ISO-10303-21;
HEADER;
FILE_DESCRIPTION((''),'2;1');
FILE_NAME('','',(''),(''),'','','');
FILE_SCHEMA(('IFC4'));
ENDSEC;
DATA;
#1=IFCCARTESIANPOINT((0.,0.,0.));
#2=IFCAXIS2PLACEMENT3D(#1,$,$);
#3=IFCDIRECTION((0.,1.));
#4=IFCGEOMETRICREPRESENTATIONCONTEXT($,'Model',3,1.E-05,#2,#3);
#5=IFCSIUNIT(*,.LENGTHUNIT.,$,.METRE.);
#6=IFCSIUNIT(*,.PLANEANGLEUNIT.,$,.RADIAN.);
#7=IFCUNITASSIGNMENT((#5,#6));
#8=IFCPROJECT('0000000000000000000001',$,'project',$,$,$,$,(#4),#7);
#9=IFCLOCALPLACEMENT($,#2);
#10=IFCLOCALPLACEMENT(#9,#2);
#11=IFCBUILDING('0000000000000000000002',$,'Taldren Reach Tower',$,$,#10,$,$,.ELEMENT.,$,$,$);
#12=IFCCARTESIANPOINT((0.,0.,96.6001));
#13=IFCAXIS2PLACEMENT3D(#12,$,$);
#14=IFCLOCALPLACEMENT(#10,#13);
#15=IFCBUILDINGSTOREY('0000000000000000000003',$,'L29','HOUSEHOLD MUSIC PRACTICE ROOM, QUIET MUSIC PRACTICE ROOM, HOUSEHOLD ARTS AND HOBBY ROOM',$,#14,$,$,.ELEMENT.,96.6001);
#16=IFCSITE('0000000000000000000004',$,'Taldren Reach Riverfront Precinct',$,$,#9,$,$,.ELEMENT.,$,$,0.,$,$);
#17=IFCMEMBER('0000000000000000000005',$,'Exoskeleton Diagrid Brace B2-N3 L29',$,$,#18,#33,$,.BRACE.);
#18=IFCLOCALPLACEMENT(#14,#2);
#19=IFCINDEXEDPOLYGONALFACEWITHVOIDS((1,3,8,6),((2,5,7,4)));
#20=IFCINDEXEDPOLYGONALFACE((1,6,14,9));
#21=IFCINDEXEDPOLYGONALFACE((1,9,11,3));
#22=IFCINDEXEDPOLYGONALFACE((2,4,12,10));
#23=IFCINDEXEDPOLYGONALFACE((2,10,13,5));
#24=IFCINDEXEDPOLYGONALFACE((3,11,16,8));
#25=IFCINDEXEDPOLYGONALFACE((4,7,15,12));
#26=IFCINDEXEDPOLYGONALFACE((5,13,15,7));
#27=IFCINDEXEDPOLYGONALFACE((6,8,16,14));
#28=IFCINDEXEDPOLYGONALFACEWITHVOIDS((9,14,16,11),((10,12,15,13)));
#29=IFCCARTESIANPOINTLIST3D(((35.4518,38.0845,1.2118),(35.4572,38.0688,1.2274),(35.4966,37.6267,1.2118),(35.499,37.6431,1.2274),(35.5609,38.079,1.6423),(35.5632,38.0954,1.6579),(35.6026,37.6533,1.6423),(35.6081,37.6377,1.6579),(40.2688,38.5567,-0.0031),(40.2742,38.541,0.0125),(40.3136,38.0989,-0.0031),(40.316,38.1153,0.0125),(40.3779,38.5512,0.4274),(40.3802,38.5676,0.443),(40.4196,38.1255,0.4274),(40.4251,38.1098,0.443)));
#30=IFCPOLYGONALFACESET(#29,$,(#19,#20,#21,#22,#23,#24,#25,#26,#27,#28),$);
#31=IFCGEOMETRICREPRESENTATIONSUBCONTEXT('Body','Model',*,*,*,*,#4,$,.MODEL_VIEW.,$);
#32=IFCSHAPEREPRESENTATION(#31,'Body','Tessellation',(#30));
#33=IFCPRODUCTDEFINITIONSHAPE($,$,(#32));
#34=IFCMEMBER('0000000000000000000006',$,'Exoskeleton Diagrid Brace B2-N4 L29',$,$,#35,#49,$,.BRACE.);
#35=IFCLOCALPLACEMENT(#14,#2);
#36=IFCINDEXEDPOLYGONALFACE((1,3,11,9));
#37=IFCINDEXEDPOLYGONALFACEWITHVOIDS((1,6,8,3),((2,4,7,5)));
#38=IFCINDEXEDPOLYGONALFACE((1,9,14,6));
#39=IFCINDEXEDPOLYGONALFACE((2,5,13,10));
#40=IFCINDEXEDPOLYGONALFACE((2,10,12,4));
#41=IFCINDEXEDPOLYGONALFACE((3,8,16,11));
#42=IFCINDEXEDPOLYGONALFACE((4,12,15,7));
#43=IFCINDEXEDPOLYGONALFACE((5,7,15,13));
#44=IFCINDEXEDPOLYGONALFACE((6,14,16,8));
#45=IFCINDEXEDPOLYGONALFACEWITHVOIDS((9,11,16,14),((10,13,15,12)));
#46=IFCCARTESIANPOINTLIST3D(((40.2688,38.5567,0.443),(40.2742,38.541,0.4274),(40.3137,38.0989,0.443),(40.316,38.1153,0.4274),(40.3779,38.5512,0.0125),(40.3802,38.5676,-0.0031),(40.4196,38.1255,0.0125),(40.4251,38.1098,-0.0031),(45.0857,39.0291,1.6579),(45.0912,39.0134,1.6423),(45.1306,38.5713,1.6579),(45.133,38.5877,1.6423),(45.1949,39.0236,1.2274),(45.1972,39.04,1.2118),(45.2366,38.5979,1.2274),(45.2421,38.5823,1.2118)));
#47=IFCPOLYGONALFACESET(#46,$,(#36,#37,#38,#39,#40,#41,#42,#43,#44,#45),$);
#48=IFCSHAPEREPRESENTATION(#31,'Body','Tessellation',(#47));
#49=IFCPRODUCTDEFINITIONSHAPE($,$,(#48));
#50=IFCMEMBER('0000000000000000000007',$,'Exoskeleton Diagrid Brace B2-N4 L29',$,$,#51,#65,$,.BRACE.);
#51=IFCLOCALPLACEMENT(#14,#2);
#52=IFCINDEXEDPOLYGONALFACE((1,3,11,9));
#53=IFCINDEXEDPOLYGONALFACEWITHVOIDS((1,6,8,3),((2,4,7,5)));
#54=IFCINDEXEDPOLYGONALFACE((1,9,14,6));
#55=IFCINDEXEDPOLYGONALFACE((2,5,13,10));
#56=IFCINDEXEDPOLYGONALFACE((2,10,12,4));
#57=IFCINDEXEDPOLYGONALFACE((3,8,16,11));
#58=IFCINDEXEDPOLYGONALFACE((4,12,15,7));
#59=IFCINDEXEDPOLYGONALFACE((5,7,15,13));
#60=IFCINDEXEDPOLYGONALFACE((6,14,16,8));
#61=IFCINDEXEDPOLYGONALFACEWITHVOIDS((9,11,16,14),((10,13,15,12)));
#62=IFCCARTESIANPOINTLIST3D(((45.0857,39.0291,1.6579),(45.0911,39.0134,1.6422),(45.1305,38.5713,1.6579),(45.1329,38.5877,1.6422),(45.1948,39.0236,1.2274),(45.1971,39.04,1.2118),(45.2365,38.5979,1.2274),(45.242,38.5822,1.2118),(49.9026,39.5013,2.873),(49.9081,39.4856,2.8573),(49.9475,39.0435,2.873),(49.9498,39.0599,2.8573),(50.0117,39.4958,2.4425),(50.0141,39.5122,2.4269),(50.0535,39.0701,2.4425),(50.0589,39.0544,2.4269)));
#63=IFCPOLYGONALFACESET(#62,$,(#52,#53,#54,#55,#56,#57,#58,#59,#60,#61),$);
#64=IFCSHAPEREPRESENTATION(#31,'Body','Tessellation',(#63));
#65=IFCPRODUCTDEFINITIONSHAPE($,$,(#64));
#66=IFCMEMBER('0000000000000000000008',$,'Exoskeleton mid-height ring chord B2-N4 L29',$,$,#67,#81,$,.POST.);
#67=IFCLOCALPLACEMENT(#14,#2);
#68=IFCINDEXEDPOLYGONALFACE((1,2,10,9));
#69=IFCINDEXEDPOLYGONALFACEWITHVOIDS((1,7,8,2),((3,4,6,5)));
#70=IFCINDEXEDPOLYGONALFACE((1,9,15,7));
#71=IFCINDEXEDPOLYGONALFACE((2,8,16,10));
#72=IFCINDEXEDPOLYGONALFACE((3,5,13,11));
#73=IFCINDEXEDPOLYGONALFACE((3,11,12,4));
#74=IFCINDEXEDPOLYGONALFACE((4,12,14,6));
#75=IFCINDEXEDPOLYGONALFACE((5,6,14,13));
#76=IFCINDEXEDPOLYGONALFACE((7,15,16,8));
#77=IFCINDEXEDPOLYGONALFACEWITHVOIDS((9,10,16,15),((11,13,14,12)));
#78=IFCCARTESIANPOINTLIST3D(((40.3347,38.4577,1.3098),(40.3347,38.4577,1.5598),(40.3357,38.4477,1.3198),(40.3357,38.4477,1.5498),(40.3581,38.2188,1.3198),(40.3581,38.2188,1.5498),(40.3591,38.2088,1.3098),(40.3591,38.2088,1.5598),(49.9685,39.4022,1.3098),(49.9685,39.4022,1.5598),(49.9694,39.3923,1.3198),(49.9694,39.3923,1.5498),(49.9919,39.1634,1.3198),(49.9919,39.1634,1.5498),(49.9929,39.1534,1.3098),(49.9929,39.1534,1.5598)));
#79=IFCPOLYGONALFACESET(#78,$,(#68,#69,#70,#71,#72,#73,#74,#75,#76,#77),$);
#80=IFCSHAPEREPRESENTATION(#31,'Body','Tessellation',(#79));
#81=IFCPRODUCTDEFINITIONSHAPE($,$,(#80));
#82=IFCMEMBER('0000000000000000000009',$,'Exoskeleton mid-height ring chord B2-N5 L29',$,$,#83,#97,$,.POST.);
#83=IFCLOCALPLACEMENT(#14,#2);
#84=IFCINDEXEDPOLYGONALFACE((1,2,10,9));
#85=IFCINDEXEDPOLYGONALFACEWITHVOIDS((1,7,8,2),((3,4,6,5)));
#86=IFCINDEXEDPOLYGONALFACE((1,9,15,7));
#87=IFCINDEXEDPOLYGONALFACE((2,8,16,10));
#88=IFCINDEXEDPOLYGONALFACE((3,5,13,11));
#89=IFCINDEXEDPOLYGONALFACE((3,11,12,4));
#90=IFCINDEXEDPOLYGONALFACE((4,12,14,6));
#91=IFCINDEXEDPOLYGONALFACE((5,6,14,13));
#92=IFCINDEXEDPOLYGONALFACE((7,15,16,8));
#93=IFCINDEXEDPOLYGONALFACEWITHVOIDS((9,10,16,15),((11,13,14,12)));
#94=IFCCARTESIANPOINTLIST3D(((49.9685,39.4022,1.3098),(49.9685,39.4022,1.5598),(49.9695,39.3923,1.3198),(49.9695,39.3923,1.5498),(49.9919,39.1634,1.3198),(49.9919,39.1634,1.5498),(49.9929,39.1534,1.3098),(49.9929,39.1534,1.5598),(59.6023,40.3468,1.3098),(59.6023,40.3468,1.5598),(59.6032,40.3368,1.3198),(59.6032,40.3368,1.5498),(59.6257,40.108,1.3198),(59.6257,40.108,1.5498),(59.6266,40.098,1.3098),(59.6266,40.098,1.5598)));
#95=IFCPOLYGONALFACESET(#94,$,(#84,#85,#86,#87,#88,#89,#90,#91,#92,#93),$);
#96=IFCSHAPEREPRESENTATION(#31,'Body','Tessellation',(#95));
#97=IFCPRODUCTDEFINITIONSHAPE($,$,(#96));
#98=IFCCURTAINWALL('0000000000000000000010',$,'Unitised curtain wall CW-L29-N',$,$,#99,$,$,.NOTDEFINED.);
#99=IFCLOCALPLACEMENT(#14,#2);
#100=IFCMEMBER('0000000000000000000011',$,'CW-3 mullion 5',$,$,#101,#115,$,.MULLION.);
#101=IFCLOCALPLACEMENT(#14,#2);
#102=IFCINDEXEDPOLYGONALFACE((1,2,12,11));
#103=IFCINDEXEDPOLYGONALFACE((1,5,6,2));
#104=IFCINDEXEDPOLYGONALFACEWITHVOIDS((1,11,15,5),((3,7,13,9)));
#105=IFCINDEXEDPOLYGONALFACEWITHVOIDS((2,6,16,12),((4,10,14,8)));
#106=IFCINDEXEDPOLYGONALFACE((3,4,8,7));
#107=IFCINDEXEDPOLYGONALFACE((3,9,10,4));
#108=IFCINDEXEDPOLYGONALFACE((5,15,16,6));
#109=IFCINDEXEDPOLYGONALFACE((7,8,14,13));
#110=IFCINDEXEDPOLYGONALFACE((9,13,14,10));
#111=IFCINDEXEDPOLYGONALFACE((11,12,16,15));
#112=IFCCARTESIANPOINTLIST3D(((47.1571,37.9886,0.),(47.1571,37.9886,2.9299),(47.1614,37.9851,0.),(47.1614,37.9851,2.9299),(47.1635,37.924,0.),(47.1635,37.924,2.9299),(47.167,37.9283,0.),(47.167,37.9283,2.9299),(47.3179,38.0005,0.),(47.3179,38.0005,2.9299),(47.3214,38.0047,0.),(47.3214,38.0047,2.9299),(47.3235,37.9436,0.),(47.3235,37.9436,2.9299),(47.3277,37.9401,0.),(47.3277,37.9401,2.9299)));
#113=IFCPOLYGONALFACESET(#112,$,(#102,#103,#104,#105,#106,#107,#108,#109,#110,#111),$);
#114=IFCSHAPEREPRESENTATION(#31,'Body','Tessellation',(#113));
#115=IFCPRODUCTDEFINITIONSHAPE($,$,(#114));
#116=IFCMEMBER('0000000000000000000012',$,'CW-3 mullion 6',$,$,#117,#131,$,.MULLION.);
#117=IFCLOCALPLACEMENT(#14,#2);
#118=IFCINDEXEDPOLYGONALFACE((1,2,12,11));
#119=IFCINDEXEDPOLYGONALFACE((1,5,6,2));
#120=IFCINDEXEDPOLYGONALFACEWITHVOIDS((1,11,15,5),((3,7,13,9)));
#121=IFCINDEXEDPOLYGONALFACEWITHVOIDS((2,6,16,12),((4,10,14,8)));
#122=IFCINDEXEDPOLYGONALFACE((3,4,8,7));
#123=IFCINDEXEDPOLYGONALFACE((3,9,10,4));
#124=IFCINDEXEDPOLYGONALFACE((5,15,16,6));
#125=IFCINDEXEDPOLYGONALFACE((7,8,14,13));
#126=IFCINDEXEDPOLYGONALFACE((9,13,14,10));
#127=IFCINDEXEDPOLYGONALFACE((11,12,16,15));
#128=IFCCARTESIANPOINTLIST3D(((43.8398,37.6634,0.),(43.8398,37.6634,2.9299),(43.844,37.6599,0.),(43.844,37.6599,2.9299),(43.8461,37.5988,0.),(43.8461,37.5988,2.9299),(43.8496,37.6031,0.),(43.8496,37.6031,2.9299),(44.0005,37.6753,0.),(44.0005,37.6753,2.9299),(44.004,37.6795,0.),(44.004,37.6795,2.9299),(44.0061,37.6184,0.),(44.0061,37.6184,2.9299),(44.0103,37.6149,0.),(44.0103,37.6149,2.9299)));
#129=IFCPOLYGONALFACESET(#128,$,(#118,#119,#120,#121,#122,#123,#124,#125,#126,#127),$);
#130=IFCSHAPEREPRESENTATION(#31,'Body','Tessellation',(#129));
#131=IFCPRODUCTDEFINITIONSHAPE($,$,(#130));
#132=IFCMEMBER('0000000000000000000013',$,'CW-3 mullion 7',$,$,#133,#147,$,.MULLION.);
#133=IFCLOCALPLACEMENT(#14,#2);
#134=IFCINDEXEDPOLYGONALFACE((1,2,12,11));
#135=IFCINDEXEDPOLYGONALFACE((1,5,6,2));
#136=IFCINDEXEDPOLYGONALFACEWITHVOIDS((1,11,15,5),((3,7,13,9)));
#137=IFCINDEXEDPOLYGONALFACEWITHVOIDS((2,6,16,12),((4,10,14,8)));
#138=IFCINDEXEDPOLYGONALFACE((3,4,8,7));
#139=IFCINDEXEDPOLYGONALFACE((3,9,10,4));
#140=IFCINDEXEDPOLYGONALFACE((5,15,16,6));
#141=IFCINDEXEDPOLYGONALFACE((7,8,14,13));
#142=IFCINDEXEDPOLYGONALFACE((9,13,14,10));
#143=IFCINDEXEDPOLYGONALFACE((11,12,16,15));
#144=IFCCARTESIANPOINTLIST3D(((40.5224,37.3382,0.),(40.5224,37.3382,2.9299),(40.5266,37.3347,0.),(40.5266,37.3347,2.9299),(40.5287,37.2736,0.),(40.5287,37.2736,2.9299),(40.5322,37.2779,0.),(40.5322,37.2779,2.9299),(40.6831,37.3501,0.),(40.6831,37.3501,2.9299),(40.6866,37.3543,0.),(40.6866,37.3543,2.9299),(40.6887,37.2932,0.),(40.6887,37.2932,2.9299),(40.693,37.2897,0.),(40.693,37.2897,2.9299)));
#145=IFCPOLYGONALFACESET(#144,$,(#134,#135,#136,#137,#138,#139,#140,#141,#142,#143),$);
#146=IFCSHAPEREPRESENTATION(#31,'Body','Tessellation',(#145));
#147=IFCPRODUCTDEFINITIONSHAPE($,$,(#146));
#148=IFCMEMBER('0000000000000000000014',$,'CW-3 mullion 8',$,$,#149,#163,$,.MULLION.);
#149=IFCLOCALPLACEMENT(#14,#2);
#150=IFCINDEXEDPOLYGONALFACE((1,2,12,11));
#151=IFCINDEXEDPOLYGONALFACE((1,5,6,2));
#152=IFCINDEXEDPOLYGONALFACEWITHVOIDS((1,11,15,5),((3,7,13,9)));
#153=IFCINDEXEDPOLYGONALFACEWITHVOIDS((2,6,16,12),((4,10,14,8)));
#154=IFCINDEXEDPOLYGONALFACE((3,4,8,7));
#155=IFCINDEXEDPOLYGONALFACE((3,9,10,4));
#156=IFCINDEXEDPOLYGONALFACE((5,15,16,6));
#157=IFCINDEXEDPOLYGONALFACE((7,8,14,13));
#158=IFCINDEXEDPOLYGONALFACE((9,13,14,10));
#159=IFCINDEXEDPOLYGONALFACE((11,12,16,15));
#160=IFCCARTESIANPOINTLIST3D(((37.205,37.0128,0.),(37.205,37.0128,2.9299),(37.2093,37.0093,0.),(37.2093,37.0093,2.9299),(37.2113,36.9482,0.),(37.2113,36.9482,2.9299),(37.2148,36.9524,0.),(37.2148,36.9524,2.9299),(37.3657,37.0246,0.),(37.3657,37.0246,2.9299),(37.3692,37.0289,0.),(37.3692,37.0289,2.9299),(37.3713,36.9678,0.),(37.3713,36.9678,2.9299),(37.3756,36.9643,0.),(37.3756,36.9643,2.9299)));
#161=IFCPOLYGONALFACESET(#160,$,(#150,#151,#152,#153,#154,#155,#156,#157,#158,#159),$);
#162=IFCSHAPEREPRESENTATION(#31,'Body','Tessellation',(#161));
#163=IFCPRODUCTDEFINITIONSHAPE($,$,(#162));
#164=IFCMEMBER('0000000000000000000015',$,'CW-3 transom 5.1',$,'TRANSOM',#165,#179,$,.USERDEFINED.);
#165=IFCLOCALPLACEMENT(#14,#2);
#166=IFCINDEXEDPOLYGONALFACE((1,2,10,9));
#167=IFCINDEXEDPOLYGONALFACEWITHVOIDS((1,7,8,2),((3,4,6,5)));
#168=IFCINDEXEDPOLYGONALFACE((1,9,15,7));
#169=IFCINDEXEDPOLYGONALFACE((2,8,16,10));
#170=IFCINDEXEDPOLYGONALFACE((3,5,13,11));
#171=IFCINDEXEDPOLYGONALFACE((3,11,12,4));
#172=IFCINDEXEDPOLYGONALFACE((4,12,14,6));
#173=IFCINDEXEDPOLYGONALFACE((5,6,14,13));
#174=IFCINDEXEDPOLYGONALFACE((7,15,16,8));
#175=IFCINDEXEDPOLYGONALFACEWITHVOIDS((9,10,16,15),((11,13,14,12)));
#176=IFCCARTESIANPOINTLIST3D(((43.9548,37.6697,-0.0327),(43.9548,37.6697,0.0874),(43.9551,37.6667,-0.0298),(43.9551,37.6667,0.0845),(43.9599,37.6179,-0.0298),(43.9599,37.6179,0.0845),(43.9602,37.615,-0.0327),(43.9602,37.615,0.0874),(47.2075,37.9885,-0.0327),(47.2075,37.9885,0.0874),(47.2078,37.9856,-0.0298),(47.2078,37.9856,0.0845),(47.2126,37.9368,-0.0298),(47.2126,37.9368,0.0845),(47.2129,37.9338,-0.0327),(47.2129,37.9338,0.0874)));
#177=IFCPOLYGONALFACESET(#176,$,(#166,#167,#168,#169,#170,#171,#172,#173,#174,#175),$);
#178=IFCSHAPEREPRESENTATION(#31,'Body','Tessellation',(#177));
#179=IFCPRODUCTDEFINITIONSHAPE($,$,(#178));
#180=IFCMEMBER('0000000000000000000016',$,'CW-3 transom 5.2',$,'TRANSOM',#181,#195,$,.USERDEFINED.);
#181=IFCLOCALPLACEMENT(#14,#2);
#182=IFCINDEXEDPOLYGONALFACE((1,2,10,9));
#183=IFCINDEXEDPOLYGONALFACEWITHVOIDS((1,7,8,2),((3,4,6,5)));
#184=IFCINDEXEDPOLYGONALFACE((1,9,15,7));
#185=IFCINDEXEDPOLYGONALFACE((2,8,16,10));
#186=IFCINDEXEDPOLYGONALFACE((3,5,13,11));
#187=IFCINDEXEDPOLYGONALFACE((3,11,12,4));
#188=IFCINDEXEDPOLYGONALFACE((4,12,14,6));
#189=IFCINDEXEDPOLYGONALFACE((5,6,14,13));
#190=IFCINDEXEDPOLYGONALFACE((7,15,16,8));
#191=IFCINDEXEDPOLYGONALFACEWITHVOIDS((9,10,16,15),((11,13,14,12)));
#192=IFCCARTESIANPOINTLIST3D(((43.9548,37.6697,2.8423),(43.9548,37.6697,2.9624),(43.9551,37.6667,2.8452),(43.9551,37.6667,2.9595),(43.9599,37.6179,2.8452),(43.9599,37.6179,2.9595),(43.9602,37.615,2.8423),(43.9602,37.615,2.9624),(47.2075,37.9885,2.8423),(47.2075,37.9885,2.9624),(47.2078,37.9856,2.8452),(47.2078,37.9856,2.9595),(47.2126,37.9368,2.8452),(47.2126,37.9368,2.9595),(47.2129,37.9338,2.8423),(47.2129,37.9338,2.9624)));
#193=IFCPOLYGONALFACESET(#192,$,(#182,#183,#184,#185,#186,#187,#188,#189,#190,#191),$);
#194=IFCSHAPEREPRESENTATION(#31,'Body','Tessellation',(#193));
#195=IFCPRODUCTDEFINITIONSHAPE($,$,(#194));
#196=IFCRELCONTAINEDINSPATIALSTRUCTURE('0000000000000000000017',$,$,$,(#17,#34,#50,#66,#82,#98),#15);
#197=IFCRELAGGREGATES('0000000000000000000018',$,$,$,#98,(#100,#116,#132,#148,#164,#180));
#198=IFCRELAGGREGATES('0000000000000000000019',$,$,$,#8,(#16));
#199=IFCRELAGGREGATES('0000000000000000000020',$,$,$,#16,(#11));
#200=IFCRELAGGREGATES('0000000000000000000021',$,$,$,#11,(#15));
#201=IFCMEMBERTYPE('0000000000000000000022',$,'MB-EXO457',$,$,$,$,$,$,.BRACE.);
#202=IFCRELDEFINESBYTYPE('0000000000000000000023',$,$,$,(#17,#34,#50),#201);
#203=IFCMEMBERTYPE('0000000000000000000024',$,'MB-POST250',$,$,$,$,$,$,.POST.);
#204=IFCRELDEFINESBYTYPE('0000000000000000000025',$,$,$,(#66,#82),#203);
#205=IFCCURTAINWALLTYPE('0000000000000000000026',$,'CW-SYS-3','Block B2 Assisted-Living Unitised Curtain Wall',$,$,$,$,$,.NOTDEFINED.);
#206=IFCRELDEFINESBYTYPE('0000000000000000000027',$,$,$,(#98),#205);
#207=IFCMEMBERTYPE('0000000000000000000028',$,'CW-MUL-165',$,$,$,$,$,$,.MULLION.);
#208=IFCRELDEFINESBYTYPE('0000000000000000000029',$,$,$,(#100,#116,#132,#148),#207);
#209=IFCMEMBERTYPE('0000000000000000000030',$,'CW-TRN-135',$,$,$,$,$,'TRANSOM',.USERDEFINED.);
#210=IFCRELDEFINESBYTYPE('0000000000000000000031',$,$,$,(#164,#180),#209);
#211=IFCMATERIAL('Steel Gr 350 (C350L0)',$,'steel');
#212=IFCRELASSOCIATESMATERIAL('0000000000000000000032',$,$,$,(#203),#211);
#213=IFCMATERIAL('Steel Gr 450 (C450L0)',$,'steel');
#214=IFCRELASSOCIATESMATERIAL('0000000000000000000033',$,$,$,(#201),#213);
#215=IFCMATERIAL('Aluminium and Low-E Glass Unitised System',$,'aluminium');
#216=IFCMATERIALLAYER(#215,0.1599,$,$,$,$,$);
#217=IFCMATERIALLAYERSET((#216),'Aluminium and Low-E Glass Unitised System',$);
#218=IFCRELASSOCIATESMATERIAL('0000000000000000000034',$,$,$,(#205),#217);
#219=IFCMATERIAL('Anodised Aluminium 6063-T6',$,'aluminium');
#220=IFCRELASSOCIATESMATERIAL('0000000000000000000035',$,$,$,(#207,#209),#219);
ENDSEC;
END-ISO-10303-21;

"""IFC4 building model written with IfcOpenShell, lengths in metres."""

from ifc_helpers import new_model, si_unit, direction, frame, origin, origin_2d, place, context, subcontext, project, spatial, hollow_rectangle, extrude, source, transform, mapped, material, layer, layer_set, material_profile, profile_set, type_object, element, aggregate, save


model = new_model("IFC4")

# Units and contexts
model_context = context("Model", 3, precision=1e-05, world=origin(), true_north=direction((0.0, 1.0)))
body_context = subcontext(model_context, "Body", "Model", "MODEL_VIEW")
ifc_project = project(units=[si_unit("LENGTHUNIT", "METRE"), si_unit("PLANEANGLEUNIT", "RADIAN")], contexts=[model_context])

# Site, building, storey
site_placement = place(None, origin())
site = spatial("IfcSite", under=ifc_project, at=site_placement, Name="Taldren Reach Riverfront Precinct", CompositionType="ELEMENT", RefElevation=0.0)
building_placement = place(site_placement, origin())
building = spatial("IfcBuilding", under=site, at=building_placement, Name="Taldren Reach Tower", CompositionType="ELEMENT")
storey_placement = place(building_placement, frame((0.0, 0.0, 96.6001)))
storey = spatial("IfcBuildingStorey", under=building, at=storey_placement, Name="L29", Description="HOUSEHOLD MUSIC PRACTICE ROOM, QUIET MUSIC PRACTICE ROOM, HOUSEHOLD ARTS AND HOBBY ROOM", CompositionType="ELEMENT", Elevation=96.6001)

# Shared definitions
ifc_material_1 = material(Name="Steel Gr 450 (C450L0)", Category="steel")
ifc_material_2 = material(Name="Steel Gr 350 (C350L0)", Category="steel")
ifc_material_profile_1 = material_profile(ifc_material_2, hollow_rectangle(XDim=0.25, YDim=0.25, WallThickness=0.01, at=origin_2d()), Name="250x250x10.0SHS")
ifc_profile_set_1 = profile_set([ifc_material_profile_1], Name="Steel Gr 350 (C350L0)")
member_type_1 = type_object("IfcMemberType", Name="MB-POST250", PredefinedType="POST", material=ifc_profile_set_1)

# Members
ifc_material_profile_2 = material_profile(ifc_material_1, hollow_rectangle(XDim=0.46, YDim=0.46, WallThickness=0.0161, at=origin_2d()), Name="460x460x16.0SHS")
ifc_profile_set_2 = profile_set([ifc_material_profile_2], Name="Steel Gr 450 (C450L0)")
member_type_2 = type_object("IfcMemberType", Name="MB-EXO457", PredefinedType="BRACE", material=ifc_profile_set_2)
shared_shape_1 = source(origin(), body_context, "Body", "SweptSolid", [
    extrude(hollow_rectangle(XDim=0.46, YDim=0.46, WallThickness=0.0161, at=origin_2d()), origin(), (0.0, 0.0, 1.0), 4.9902),
])
for number, where, z_axis, x_axis, name in (
    (1, (40.3469, 38.3333, 0.22), (-0.965287, -0.094621, 0.24345), (0.097556, -0.99523, 0.0), "Exoskeleton Diagrid Brace B2-N3 L29"),
    (2, (40.3469, 38.3333, 0.22), (0.965283, 0.094669, 0.243449), (-0.097606, 0.995225, 0.0), "Exoskeleton Diagrid Brace B2-N4 L29"),
    (3, (45.1638, 38.8057, 1.4348), (0.965276, 0.09462, 0.243496), (-0.097556, 0.99523, 0.0), "Exoskeleton Diagrid Brace B2-N4 L29"),
):
    element("IfcMember", number, at=place(storey_placement, frame(where, z_axis=z_axis, x_axis=x_axis)), inside=storey, type_object=member_type_2, Name=name, PredefinedType="BRACE", context=body_context, shape_type="MappedRepresentation", body=[
        mapped(shared_shape_1, transform((0.0, 0.0, 0.0), scale=1.0)),
    ])
shared_shape_2 = source(origin(), body_context, "Body", "SweptSolid", [
    extrude(hollow_rectangle(XDim=0.25, YDim=0.25, WallThickness=0.01, at=origin_2d()), origin(), (0.0, 0.0, 1.0), 9.6799),
])
for number, where, z_axis, x_axis, name in (
    (4, (40.3469, 38.3333, 1.4348), (0.995228, 0.097581, 0.0), (-0.097581, 0.995228, 0.0), "Exoskeleton mid-height ring chord B2-N4 L29"),
    (5, (49.9807, 39.2778, 1.4348), (0.995228, 0.097581, 0.0), (-0.097581, 0.995228, 0.0), "Exoskeleton mid-height ring chord B2-N5 L29"),
):
    element("IfcMember", number, at=place(storey_placement, frame(where, z_axis=z_axis, x_axis=x_axis)), inside=storey, type_object=member_type_1, Name=name, PredefinedType="POST", context=body_context, shape_type="MappedRepresentation", body=[
        mapped(shared_shape_2, transform((0.0, 0.0, 0.0), scale=1.0)),
    ])

# Curtain wall, members
ifc_material_3 = material(Name="Aluminium and Low-E Glass Unitised System", Category="aluminium")
ifc_layer_1 = layer(ifc_material_3, 0.1599)
ifc_layer_set_1 = layer_set([ifc_layer_1], Name="Aluminium and Low-E Glass Unitised System")
curtain_wall_type = type_object("IfcCurtainWallType", Name="CW-SYS-3", Description="Block B2 Assisted-Living Unitised Curtain Wall", PredefinedType="NOTDEFINED", material=ifc_layer_set_1)
curtain_wall_placement = place(storey_placement, origin())
curtain_wall = element("IfcCurtainWall", 6, at=curtain_wall_placement, inside=storey, type_object=curtain_wall_type, Name="Unitised curtain wall CW-L29-N", PredefinedType="NOTDEFINED")
ifc_material_4 = material(Name="Anodised Aluminium 6063-T6", Category="aluminium")
ifc_material_profile_3 = material_profile(ifc_material_4, hollow_rectangle(XDim=0.0649, YDim=0.165, WallThickness=0.0039, at=origin_2d()), Name="ALU-165x65x4RHS")
ifc_profile_set_3 = profile_set([ifc_material_profile_3], Name="Anodised Aluminium 6063-T6")
member_type_3 = type_object("IfcMemberType", Name="CW-MUL-165", PredefinedType="MULLION", material=ifc_profile_set_3)
shared_shape_3 = source(origin(), body_context, "Body", "SweptSolid", [
    extrude(hollow_rectangle(XDim=0.0649, YDim=0.165, WallThickness=0.0039, at=origin_2d()), origin(), (0.0, 0.0, 1.0), 2.9299),
])
member_1_placement = place(storey_placement, frame((47.2424, 37.9644, 0.0), z_axis=(0.0, 0.0, 1.0), x_axis=(0.097583, -0.995227, 0.0)))
member_1 = element("IfcMember", 7, at=member_1_placement, type_object=member_type_3, Name="CW-3 mullion 5", PredefinedType="MULLION", context=body_context, shape_type="MappedRepresentation", body=[
    mapped(shared_shape_3, transform((0.0, 0.0, 0.0), scale=1.0)),
])
member_2_placement = place(storey_placement, frame((43.925, 37.6392, 0.0), z_axis=(0.0, 0.0, 1.0), x_axis=(0.097583, -0.995227, 0.0)))
member_2 = element("IfcMember", 8, at=member_2_placement, type_object=member_type_3, Name="CW-3 mullion 6", PredefinedType="MULLION", context=body_context, shape_type="MappedRepresentation", body=[
    mapped(shared_shape_3, transform((0.0, 0.0, 0.0), scale=1.0)),
])
member_3_placement = place(storey_placement, frame((40.6077, 37.314, 0.0), z_axis=(0.0, 0.0, 1.0), x_axis=(0.097583, -0.995227, 0.0)))
member_3 = element("IfcMember", 9, at=member_3_placement, type_object=member_type_3, Name="CW-3 mullion 7", PredefinedType="MULLION", context=body_context, shape_type="MappedRepresentation", body=[
    mapped(shared_shape_3, transform((0.0, 0.0, 0.0), scale=1.0)),
])
member_4_placement = place(storey_placement, frame((37.2903, 36.9885, 0.0), z_axis=(0.0, 0.0, 1.0), x_axis=(0.097583, -0.995227, 0.0)))
member_4 = element("IfcMember", 10, at=member_4_placement, type_object=member_type_3, Name="CW-3 mullion 8", PredefinedType="MULLION", context=body_context, shape_type="MappedRepresentation", body=[
    mapped(shared_shape_3, transform((0.0, 0.0, 0.0), scale=1.0)),
])
ifc_material_profile_4 = material_profile(ifc_material_4, hollow_rectangle(XDim=0.0549, YDim=0.1201, WallThickness=0.0029, at=origin_2d()), Name="ALU-120x55x3RHS")
ifc_profile_set_4 = profile_set([ifc_material_profile_4], Name="Anodised Aluminium 6063-T6")
member_type_4 = type_object("IfcMemberType", Name="CW-TRN-135", ElementType="TRANSOM", PredefinedType="USERDEFINED", material=ifc_profile_set_4)
shared_shape_4 = source(origin(), body_context, "Body", "SweptSolid", [
    extrude(hollow_rectangle(XDim=0.0549, YDim=0.1201, WallThickness=0.0029, at=origin_2d()), origin(), (0.0, 0.0, 1.0), 3.2683),
])
member_5_placement = place(storey_placement, frame((47.2102, 37.9612, 0.0273), z_axis=(-0.99523, -0.097558, 0.0), x_axis=(0.097558, -0.99523, 0.0)))
member_5 = element("IfcMember", 11, at=member_5_placement, type_object=member_type_4, Name="CW-3 transom 5.1", ObjectType="TRANSOM", PredefinedType="USERDEFINED", context=body_context, shape_type="MappedRepresentation", body=[
    mapped(shared_shape_4, transform((0.0, 0.0, 0.0), scale=1.0)),
])
member_6_placement = place(storey_placement, frame((47.2102, 37.9612, 2.9023), z_axis=(-0.99523, -0.097558, 0.0), x_axis=(0.097558, -0.99523, 0.0)))
member_6 = element("IfcMember", 12, at=member_6_placement, type_object=member_type_4, Name="CW-3 transom 5.2", ObjectType="TRANSOM", PredefinedType="USERDEFINED", context=body_context, shape_type="MappedRepresentation", body=[
    mapped(shared_shape_4, transform((0.0, 0.0, 0.0), scale=1.0)),
])

aggregate(curtain_wall, [member_1, member_2, member_3, member_4, member_5, member_6])

save(model, "model.ifc")
